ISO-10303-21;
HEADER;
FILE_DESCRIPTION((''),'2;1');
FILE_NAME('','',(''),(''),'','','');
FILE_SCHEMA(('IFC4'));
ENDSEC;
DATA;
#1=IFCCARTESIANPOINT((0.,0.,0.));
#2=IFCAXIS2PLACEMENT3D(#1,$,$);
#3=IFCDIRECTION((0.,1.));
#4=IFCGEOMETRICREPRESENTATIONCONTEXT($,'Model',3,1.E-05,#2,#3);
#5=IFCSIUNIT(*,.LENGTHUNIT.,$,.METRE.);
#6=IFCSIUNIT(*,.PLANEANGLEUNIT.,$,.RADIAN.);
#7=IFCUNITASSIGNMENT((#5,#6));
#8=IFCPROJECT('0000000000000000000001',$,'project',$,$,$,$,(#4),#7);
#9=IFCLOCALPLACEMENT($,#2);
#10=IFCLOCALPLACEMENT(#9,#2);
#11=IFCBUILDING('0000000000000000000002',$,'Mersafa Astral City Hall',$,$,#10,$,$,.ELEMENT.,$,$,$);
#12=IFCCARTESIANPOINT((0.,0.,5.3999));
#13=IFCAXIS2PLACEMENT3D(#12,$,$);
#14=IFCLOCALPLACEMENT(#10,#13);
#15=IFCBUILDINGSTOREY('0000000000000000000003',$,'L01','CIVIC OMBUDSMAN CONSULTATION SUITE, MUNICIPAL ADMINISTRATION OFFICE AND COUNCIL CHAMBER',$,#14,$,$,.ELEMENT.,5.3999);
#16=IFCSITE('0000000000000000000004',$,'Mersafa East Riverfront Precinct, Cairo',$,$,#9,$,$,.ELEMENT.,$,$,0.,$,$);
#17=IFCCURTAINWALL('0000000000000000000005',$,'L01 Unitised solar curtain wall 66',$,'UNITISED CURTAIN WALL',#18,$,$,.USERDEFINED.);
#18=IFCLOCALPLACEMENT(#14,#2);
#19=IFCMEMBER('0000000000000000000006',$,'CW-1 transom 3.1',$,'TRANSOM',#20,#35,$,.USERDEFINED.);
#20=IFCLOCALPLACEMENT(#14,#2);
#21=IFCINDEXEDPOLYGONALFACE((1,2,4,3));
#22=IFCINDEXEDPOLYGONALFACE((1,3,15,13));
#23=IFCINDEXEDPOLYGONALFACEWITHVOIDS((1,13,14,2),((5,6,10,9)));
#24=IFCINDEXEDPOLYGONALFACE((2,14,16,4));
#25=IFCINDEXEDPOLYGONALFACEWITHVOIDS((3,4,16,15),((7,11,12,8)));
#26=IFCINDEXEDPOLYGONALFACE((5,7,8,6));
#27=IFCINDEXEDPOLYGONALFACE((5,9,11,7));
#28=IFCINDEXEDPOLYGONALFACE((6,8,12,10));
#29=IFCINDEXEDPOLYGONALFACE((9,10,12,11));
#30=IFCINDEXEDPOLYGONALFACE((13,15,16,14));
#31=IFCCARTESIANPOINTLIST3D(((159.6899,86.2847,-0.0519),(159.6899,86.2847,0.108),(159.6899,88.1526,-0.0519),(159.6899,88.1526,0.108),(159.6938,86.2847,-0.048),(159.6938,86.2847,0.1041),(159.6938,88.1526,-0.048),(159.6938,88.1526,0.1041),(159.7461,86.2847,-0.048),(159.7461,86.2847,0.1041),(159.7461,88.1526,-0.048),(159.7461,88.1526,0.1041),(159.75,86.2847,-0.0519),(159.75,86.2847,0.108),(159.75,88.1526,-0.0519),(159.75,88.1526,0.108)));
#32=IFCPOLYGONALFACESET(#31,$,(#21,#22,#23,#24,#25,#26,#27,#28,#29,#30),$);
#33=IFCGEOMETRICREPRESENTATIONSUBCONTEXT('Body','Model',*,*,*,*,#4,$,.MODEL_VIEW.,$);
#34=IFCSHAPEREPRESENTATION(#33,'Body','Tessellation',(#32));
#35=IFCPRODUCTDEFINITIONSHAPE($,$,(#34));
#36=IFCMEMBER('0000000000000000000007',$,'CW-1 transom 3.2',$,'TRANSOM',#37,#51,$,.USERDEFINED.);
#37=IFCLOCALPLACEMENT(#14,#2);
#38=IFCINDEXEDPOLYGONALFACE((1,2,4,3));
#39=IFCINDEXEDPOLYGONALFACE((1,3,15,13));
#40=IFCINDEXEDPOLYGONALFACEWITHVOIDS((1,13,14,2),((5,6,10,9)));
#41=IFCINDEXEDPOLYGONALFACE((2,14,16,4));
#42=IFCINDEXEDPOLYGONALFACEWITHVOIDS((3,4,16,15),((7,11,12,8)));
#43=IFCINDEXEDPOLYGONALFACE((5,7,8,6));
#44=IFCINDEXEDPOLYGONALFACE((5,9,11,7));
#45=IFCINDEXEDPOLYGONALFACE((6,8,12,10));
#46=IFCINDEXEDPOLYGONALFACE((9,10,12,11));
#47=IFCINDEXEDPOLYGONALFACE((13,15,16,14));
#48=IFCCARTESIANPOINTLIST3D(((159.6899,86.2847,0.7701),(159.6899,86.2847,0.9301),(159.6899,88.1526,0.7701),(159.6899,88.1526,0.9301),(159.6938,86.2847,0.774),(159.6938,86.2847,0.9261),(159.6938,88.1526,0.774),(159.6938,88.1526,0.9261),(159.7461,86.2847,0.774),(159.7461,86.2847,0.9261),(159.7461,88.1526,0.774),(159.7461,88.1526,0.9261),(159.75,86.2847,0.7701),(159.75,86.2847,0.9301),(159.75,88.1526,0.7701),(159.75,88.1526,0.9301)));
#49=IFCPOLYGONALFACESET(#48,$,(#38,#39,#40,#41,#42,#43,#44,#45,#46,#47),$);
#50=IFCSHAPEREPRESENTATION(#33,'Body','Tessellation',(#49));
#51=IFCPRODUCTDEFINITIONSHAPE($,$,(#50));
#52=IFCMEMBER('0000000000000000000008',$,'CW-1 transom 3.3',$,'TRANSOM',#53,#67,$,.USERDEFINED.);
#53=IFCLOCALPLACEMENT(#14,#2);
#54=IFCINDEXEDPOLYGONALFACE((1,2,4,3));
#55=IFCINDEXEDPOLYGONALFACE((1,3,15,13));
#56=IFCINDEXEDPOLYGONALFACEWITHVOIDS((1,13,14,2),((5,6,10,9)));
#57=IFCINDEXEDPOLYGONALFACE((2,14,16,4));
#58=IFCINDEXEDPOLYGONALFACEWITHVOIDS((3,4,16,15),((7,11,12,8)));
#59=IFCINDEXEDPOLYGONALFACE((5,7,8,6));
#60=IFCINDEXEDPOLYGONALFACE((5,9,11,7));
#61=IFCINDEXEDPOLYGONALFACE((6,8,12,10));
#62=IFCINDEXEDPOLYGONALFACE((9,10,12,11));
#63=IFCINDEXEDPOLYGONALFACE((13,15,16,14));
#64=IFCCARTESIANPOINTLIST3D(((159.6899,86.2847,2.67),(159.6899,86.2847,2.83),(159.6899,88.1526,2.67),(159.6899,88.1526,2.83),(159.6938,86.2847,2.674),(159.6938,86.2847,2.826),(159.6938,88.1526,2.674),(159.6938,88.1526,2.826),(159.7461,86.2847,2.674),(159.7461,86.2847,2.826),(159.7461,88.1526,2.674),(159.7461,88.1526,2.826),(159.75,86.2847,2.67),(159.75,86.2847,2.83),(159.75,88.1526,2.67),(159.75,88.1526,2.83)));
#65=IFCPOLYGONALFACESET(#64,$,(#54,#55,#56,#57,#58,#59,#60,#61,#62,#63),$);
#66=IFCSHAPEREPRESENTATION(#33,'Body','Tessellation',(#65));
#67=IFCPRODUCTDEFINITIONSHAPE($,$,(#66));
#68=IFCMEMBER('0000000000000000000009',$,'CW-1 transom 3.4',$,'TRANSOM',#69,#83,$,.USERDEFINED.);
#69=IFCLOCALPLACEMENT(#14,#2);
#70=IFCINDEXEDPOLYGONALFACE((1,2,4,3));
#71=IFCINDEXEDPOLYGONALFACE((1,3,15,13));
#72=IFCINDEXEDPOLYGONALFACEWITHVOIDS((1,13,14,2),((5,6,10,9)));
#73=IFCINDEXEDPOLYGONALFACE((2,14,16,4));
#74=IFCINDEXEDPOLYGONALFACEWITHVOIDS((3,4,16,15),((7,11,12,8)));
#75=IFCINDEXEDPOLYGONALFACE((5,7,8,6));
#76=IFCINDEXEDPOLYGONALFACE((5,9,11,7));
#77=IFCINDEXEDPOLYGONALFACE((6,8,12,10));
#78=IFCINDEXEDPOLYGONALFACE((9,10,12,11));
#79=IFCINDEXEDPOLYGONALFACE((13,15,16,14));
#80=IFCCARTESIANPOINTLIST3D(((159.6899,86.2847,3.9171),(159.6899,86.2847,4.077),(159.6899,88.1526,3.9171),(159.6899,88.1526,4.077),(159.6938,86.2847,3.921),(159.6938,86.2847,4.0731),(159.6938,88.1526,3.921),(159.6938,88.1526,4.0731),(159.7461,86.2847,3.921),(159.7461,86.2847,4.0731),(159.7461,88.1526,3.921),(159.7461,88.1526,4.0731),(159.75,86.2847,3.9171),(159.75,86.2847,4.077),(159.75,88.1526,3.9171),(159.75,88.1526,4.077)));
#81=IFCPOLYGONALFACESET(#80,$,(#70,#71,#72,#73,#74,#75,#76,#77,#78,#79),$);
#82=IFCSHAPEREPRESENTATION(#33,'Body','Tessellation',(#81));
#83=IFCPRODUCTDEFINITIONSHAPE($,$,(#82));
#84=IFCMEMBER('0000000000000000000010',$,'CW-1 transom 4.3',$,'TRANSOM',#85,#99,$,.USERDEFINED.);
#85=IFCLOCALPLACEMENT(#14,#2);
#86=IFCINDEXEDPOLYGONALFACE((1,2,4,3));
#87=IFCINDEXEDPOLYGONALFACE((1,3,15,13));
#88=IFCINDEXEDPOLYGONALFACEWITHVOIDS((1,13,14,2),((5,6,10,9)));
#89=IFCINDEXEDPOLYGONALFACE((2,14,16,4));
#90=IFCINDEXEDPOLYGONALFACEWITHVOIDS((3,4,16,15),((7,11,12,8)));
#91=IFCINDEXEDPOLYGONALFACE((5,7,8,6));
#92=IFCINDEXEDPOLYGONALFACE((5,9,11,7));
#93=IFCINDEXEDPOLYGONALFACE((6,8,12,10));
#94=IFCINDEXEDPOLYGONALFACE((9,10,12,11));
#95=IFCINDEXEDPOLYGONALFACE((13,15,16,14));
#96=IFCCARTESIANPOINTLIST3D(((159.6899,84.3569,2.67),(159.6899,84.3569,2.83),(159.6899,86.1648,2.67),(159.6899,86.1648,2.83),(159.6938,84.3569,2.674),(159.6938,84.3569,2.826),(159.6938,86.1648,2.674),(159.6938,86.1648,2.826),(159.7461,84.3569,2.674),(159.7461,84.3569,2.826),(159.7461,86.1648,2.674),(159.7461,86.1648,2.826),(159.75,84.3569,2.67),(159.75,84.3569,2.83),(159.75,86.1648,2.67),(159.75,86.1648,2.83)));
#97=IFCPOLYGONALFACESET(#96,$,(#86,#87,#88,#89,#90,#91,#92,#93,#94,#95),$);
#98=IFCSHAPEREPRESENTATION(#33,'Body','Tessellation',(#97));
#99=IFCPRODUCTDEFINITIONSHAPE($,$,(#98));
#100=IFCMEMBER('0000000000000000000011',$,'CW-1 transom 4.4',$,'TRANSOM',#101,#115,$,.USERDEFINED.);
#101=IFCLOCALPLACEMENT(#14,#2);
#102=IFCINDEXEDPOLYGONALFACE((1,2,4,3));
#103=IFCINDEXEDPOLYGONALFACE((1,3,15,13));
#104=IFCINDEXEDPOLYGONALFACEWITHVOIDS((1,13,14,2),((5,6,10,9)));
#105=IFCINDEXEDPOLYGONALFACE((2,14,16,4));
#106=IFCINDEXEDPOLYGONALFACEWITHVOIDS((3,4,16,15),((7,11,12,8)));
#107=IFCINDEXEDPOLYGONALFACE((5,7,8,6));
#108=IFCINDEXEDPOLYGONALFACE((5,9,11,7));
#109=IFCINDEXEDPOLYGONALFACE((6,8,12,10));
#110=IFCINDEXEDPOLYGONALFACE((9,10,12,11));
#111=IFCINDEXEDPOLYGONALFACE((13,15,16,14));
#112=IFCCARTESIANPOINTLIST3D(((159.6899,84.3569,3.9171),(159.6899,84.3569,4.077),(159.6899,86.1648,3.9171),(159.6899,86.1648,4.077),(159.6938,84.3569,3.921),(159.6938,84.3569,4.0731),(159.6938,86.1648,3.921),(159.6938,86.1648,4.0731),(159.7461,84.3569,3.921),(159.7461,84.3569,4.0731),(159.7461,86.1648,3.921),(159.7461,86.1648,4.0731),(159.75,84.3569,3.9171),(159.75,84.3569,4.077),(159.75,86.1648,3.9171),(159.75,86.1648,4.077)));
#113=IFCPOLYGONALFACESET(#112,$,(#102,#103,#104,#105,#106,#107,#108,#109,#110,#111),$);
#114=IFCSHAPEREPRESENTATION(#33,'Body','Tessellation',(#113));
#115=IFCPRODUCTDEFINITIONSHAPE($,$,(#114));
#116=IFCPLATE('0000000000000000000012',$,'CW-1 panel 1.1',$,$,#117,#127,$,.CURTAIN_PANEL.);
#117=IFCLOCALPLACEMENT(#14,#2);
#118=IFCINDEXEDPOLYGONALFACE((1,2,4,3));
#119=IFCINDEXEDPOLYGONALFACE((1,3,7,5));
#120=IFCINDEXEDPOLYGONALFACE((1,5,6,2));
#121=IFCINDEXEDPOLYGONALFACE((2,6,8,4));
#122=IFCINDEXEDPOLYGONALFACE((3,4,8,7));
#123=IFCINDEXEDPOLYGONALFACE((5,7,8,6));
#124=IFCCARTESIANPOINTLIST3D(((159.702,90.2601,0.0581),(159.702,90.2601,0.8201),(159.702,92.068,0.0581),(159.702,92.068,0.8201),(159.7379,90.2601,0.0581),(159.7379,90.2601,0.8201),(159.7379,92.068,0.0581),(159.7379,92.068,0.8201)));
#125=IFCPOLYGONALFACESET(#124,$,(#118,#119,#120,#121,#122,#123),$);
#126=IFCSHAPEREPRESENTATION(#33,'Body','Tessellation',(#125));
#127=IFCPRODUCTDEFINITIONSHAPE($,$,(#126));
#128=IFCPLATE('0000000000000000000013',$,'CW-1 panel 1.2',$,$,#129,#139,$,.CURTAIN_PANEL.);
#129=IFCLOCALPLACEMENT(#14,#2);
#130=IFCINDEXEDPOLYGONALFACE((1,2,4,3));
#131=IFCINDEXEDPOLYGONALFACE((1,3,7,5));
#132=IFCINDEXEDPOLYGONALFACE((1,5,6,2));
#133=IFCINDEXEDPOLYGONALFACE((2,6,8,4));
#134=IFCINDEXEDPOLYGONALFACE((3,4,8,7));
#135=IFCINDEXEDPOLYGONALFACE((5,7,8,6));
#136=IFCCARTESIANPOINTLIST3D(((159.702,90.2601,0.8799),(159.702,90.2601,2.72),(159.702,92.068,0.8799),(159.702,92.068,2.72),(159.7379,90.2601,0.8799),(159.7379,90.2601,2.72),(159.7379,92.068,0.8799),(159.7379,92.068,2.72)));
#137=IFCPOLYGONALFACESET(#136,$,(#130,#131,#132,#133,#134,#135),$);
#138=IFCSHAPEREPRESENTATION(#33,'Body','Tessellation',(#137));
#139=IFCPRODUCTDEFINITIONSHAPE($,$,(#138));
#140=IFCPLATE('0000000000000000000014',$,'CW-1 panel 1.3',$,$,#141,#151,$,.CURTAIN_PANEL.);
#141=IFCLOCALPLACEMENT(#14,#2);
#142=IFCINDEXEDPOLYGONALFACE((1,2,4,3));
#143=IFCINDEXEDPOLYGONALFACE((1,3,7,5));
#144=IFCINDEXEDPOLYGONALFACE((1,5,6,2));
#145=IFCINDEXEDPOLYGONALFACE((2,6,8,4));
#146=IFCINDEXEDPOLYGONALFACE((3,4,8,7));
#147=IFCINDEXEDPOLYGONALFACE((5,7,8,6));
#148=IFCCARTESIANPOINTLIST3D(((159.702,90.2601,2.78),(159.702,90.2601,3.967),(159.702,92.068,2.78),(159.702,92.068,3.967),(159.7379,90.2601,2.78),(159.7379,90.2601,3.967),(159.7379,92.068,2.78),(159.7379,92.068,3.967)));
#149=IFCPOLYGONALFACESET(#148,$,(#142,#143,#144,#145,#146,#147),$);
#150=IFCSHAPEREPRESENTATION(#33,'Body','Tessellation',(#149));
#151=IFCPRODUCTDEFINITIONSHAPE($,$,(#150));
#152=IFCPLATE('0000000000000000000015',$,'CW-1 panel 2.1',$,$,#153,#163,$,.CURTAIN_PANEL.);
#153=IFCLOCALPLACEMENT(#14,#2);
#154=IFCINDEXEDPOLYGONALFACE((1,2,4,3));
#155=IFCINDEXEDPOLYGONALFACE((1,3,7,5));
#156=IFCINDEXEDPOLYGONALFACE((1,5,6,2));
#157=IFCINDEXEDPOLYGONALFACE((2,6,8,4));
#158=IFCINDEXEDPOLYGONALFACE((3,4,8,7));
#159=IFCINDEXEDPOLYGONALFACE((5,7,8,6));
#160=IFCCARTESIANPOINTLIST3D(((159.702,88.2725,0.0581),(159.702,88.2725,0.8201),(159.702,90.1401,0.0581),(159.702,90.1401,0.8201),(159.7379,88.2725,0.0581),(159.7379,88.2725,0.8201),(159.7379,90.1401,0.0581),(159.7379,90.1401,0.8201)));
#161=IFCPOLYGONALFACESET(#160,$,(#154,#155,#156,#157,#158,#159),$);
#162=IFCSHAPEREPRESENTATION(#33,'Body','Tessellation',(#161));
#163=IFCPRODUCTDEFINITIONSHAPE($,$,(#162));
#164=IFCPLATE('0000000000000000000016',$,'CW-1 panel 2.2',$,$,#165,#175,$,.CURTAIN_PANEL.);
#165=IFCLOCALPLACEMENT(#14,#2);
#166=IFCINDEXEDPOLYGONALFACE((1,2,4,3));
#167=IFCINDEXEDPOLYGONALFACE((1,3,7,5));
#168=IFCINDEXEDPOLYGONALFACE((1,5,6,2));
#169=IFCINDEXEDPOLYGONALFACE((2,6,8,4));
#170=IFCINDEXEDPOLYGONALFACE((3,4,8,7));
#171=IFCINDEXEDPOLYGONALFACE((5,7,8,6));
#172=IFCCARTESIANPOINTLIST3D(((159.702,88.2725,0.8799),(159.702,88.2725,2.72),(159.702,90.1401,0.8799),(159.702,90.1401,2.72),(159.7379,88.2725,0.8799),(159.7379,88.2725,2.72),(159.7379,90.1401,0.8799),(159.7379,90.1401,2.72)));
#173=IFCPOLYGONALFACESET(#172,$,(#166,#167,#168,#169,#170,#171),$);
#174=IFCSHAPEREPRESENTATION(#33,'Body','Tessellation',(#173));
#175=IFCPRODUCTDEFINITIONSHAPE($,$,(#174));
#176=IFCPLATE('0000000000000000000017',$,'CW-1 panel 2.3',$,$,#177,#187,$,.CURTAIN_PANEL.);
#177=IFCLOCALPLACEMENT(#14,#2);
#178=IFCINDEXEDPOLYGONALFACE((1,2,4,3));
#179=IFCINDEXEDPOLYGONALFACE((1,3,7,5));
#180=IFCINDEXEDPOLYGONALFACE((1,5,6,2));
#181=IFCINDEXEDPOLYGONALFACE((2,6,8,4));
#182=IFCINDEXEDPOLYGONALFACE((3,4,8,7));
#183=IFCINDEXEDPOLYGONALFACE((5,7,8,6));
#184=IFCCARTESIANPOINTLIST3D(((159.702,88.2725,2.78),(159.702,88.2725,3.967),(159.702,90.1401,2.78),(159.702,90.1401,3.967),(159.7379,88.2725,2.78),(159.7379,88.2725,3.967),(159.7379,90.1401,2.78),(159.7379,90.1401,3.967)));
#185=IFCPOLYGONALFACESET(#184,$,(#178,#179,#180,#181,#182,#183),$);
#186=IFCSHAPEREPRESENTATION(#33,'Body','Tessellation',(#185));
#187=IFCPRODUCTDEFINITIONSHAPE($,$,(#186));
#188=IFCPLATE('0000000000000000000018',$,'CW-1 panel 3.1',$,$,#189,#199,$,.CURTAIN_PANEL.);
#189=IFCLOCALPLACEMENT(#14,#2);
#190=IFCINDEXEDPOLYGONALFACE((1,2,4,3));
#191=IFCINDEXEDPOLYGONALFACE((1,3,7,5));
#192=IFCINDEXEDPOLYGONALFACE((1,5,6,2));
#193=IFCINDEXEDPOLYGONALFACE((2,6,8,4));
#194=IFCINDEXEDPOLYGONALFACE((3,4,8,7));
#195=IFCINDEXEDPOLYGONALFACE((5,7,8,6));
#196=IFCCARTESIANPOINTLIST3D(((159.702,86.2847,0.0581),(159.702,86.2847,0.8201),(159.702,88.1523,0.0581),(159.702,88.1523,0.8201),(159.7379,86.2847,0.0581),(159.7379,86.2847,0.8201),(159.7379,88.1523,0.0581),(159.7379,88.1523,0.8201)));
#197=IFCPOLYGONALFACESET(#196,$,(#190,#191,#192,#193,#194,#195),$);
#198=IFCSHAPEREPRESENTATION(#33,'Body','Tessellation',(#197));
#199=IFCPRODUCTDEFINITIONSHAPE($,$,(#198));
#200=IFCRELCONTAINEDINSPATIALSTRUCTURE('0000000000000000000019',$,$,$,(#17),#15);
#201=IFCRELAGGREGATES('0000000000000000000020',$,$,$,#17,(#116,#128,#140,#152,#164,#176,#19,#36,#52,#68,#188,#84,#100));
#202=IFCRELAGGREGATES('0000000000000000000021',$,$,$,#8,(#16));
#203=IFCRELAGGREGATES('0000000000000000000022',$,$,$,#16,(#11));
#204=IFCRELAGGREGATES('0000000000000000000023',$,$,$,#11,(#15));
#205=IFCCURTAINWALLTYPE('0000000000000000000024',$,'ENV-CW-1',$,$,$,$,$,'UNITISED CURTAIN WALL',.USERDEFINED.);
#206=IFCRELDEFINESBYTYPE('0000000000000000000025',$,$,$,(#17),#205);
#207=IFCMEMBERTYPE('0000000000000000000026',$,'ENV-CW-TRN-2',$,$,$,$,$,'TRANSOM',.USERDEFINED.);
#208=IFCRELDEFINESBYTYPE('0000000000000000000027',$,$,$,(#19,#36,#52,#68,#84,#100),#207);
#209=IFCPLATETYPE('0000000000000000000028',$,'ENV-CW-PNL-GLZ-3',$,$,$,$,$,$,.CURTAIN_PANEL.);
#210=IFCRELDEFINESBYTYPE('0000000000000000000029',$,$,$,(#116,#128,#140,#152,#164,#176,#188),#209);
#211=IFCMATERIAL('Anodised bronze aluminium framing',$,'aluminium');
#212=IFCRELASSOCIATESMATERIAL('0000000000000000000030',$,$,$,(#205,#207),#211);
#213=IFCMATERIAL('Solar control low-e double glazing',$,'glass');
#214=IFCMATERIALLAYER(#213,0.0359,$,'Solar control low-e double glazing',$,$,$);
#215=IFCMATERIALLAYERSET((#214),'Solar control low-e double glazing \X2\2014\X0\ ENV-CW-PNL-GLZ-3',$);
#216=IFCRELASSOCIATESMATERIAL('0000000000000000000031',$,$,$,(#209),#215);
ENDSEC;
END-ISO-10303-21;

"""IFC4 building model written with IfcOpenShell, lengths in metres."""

from ifc_helpers import new_model, si_unit, direction, frame, origin, origin_2d, place, context, subcontext, project, spatial, rectangle, hollow_rectangle, extrude, material, layer, layer_set, material_profile, profile_set, type_object, element, aggregate, save


model = new_model("IFC4")

# Units and contexts
model_context = context("Model", 3, precision=1e-05, world=origin(), true_north=direction((0.0, 1.0)))
body_context = subcontext(model_context, "Body", "Model", "MODEL_VIEW")
ifc_project = project(units=[si_unit("LENGTHUNIT", "METRE"), si_unit("PLANEANGLEUNIT", "RADIAN")], contexts=[model_context])

# Site, building, storey
site_placement = place(None, origin())
site = spatial("IfcSite", under=ifc_project, at=site_placement, Name="Mersafa East Riverfront Precinct, Cairo", CompositionType="ELEMENT", RefElevation=0.0)
building_placement = place(site_placement, origin())
building = spatial("IfcBuilding", under=site, at=building_placement, Name="Mersafa Astral City Hall", CompositionType="ELEMENT")
storey_placement = place(building_placement, frame((0.0, 0.0, 5.3999)))
storey = spatial("IfcBuildingStorey", under=building, at=storey_placement, Name="L01", Description="CIVIC OMBUDSMAN CONSULTATION SUITE, MUNICIPAL ADMINISTRATION OFFICE AND COUNCIL CHAMBER", CompositionType="ELEMENT", Elevation=5.3999)

# Curtain wall, members, plates
ifc_material_1 = material(Name="Anodised bronze aluminium framing", Category="aluminium")
curtain_wall_type = type_object("IfcCurtainWallType", Name="ENV-CW-1", ElementType="UNITISED CURTAIN WALL", PredefinedType="USERDEFINED", material=ifc_material_1)
curtain_wall_placement = place(storey_placement, origin())
curtain_wall = element("IfcCurtainWall", 1, at=curtain_wall_placement, inside=storey, type_object=curtain_wall_type, Name="L01 Unitised solar curtain wall 66", ObjectType="UNITISED CURTAIN WALL", PredefinedType="USERDEFINED")
ifc_material_profile_1 = material_profile(ifc_material_1, hollow_rectangle(XDim=0.0601, YDim=0.1599, WallThickness=0.0039, at=origin_2d()), Name="RHS 60x160x4")
ifc_profile_set_1 = profile_set([ifc_material_profile_1], Name="Anodised bronze aluminium framing")
member_type_1 = type_object("IfcMemberType", Name="ENV-CW-TRN-2", ElementType="TRANSOM", PredefinedType="USERDEFINED", material=ifc_profile_set_1)
member_1_placement = place(storey_placement, frame((159.72, 88.1526, 0.0281), z_axis=(0.0, -1.0, 0.0), x_axis=(1.0, 0.0, 0.0)))
member_1 = element("IfcMember", 2, at=member_1_placement, type_object=member_type_1, Name="CW-1 transom 3.1", ObjectType="TRANSOM", PredefinedType="USERDEFINED", context=body_context, shape_type="SweptSolid", body=[
    extrude(hollow_rectangle(XDim=0.0601, YDim=0.1599, WallThickness=0.0039, at=origin_2d()), origin(), (0.0, 0.0, 1.0), 1.8679),
])
member_2_placement = place(storey_placement, frame((159.72, 88.1526, 0.8501), z_axis=(0.0, -1.0, 0.0), x_axis=(1.0, 0.0, 0.0)))
member_2 = element("IfcMember", 3, at=member_2_placement, type_object=member_type_1, Name="CW-1 transom 3.2", ObjectType="TRANSOM", PredefinedType="USERDEFINED", context=body_context, shape_type="SweptSolid", body=[
    extrude(hollow_rectangle(XDim=0.0601, YDim=0.1599, WallThickness=0.0039, at=origin_2d()), origin(), (0.0, 0.0, 1.0), 1.8679),
])
member_3_placement = place(storey_placement, frame((159.72, 88.1526, 2.75), z_axis=(0.0, -1.0, 0.0), x_axis=(1.0, 0.0, 0.0)))
member_3 = element("IfcMember", 4, at=member_3_placement, type_object=member_type_1, Name="CW-1 transom 3.3", ObjectType="TRANSOM", PredefinedType="USERDEFINED", context=body_context, shape_type="SweptSolid", body=[
    extrude(hollow_rectangle(XDim=0.0601, YDim=0.1599, WallThickness=0.0039, at=origin_2d()), origin(), (0.0, 0.0, 1.0), 1.8679),
])
member_4_placement = place(storey_placement, frame((159.72, 88.1526, 3.9971), z_axis=(0.0, -1.0, 0.0), x_axis=(1.0, 0.0, 0.0)))
member_4 = element("IfcMember", 5, at=member_4_placement, type_object=member_type_1, Name="CW-1 transom 3.4", ObjectType="TRANSOM", PredefinedType="USERDEFINED", context=body_context, shape_type="SweptSolid", body=[
    extrude(hollow_rectangle(XDim=0.0601, YDim=0.1599, WallThickness=0.0039, at=origin_2d()), origin(), (0.0, 0.0, 1.0), 1.8679),
])
member_5_placement = place(storey_placement, frame((159.72, 86.1648, 2.75), z_axis=(0.0, -1.0, 0.0), x_axis=(1.0, 0.0, 0.0)))
member_5 = element("IfcMember", 6, at=member_5_placement, type_object=member_type_1, Name="CW-1 transom 4.3", ObjectType="TRANSOM", PredefinedType="USERDEFINED", context=body_context, shape_type="SweptSolid", body=[
    extrude(hollow_rectangle(XDim=0.0601, YDim=0.1599, WallThickness=0.0039, at=origin_2d()), origin(), (0.0, 0.0, 1.0), 1.8079),
])
member_6_placement = place(storey_placement, frame((159.72, 86.1648, 3.9971), z_axis=(0.0, -1.0, 0.0), x_axis=(1.0, 0.0, 0.0)))
member_6 = element("IfcMember", 7, at=member_6_placement, type_object=member_type_1, Name="CW-1 transom 4.4", ObjectType="TRANSOM", PredefinedType="USERDEFINED", context=body_context, shape_type="SweptSolid", body=[
    extrude(hollow_rectangle(XDim=0.0601, YDim=0.1599, WallThickness=0.0039, at=origin_2d()), origin(), (0.0, 0.0, 1.0), 1.8079),
])
ifc_material_2 = material(Name="Solar control low-e double glazing", Category="glass")
ifc_layer = layer(ifc_material_2, 0.0359, Name="Solar control low-e double glazing")
ifc_layer_set = layer_set([ifc_layer], Name="Solar control low-e double glazing — ENV-CW-PNL-GLZ-3")
plate_type = type_object("IfcPlateType", Name="ENV-CW-PNL-GLZ-3", PredefinedType="CURTAIN_PANEL", material=ifc_layer_set)
plate_1_placement = place(storey_placement, frame((159.72, 91.1641, 0.0581), z_axis=(0.0, 0.0, 1.0), x_axis=(0.0, -1.0, 0.0)))
plate_1 = element("IfcPlate", 8, at=plate_1_placement, type_object=plate_type, Name="CW-1 panel 1.1", PredefinedType="CURTAIN_PANEL", context=body_context, shape_type="SweptSolid", body=[
    extrude(rectangle(XDim=1.8079, YDim=0.0359, at=origin_2d()), origin(), (0.0, 0.0, 1.0), 0.762),
])
plate_2_placement = place(storey_placement, frame((159.72, 91.1641, 0.8799), z_axis=(0.0, 0.0, 1.0), x_axis=(0.0, -1.0, 0.0)))
plate_2 = element("IfcPlate", 9, at=plate_2_placement, type_object=plate_type, Name="CW-1 panel 1.2", PredefinedType="CURTAIN_PANEL", context=body_context, shape_type="SweptSolid", body=[
    extrude(rectangle(XDim=1.8079, YDim=0.0359, at=origin_2d()), origin(), (0.0, 0.0, 1.0), 1.8401),
])
plate_3_placement = place(storey_placement, frame((159.72, 91.1641, 2.78), z_axis=(0.0, 0.0, 1.0), x_axis=(0.0, -1.0, 0.0)))
plate_3 = element("IfcPlate", 10, at=plate_3_placement, type_object=plate_type, Name="CW-1 panel 1.3", PredefinedType="CURTAIN_PANEL", context=body_context, shape_type="SweptSolid", body=[
    extrude(rectangle(XDim=1.8079, YDim=0.0359, at=origin_2d()), origin(), (0.0, 0.0, 1.0), 1.187),
])
plate_4_placement = place(storey_placement, frame((159.72, 89.2063, 0.0581), z_axis=(0.0, 0.0, 1.0), x_axis=(0.0, -1.0, 0.0)))
plate_4 = element("IfcPlate", 11, at=plate_4_placement, type_object=plate_type, Name="CW-1 panel 2.1", PredefinedType="CURTAIN_PANEL", context=body_context, shape_type="SweptSolid", body=[
    extrude(rectangle(XDim=1.8677, YDim=0.0359, at=origin_2d()), origin(), (0.0, 0.0, 1.0), 0.762),
])
plate_5_placement = place(storey_placement, frame((159.72, 89.2063, 0.8799), z_axis=(0.0, 0.0, 1.0), x_axis=(0.0, -1.0, 0.0)))
plate_5 = element("IfcPlate", 12, at=plate_5_placement, type_object=plate_type, Name="CW-1 panel 2.2", PredefinedType="CURTAIN_PANEL", context=body_context, shape_type="SweptSolid", body=[
    extrude(rectangle(XDim=1.8677, YDim=0.0359, at=origin_2d()), origin(), (0.0, 0.0, 1.0), 1.8401),
])
plate_6_placement = place(storey_placement, frame((159.72, 89.2063, 2.78), z_axis=(0.0, 0.0, 1.0), x_axis=(0.0, -1.0, 0.0)))
plate_6 = element("IfcPlate", 13, at=plate_6_placement, type_object=plate_type, Name="CW-1 panel 2.3", PredefinedType="CURTAIN_PANEL", context=body_context, shape_type="SweptSolid", body=[
    extrude(rectangle(XDim=1.8677, YDim=0.0359, at=origin_2d()), origin(), (0.0, 0.0, 1.0), 1.187),
])
plate_7_placement = place(storey_placement, frame((159.72, 87.2185, 0.0581), z_axis=(0.0, 0.0, 1.0), x_axis=(0.0, -1.0, 0.0)))
plate_7 = element("IfcPlate", 14, at=plate_7_placement, type_object=plate_type, Name="CW-1 panel 3.1", PredefinedType="CURTAIN_PANEL", context=body_context, shape_type="SweptSolid", body=[
    extrude(rectangle(XDim=1.8677, YDim=0.0359, at=origin_2d()), origin(), (0.0, 0.0, 1.0), 0.762),
])
aggregate(curtain_wall, [plate_1, plate_2, plate_3, plate_4, plate_5, plate_6, member_1, member_2, member_3, member_4, plate_7, member_5, member_6])

save(model, "model.ifc")
